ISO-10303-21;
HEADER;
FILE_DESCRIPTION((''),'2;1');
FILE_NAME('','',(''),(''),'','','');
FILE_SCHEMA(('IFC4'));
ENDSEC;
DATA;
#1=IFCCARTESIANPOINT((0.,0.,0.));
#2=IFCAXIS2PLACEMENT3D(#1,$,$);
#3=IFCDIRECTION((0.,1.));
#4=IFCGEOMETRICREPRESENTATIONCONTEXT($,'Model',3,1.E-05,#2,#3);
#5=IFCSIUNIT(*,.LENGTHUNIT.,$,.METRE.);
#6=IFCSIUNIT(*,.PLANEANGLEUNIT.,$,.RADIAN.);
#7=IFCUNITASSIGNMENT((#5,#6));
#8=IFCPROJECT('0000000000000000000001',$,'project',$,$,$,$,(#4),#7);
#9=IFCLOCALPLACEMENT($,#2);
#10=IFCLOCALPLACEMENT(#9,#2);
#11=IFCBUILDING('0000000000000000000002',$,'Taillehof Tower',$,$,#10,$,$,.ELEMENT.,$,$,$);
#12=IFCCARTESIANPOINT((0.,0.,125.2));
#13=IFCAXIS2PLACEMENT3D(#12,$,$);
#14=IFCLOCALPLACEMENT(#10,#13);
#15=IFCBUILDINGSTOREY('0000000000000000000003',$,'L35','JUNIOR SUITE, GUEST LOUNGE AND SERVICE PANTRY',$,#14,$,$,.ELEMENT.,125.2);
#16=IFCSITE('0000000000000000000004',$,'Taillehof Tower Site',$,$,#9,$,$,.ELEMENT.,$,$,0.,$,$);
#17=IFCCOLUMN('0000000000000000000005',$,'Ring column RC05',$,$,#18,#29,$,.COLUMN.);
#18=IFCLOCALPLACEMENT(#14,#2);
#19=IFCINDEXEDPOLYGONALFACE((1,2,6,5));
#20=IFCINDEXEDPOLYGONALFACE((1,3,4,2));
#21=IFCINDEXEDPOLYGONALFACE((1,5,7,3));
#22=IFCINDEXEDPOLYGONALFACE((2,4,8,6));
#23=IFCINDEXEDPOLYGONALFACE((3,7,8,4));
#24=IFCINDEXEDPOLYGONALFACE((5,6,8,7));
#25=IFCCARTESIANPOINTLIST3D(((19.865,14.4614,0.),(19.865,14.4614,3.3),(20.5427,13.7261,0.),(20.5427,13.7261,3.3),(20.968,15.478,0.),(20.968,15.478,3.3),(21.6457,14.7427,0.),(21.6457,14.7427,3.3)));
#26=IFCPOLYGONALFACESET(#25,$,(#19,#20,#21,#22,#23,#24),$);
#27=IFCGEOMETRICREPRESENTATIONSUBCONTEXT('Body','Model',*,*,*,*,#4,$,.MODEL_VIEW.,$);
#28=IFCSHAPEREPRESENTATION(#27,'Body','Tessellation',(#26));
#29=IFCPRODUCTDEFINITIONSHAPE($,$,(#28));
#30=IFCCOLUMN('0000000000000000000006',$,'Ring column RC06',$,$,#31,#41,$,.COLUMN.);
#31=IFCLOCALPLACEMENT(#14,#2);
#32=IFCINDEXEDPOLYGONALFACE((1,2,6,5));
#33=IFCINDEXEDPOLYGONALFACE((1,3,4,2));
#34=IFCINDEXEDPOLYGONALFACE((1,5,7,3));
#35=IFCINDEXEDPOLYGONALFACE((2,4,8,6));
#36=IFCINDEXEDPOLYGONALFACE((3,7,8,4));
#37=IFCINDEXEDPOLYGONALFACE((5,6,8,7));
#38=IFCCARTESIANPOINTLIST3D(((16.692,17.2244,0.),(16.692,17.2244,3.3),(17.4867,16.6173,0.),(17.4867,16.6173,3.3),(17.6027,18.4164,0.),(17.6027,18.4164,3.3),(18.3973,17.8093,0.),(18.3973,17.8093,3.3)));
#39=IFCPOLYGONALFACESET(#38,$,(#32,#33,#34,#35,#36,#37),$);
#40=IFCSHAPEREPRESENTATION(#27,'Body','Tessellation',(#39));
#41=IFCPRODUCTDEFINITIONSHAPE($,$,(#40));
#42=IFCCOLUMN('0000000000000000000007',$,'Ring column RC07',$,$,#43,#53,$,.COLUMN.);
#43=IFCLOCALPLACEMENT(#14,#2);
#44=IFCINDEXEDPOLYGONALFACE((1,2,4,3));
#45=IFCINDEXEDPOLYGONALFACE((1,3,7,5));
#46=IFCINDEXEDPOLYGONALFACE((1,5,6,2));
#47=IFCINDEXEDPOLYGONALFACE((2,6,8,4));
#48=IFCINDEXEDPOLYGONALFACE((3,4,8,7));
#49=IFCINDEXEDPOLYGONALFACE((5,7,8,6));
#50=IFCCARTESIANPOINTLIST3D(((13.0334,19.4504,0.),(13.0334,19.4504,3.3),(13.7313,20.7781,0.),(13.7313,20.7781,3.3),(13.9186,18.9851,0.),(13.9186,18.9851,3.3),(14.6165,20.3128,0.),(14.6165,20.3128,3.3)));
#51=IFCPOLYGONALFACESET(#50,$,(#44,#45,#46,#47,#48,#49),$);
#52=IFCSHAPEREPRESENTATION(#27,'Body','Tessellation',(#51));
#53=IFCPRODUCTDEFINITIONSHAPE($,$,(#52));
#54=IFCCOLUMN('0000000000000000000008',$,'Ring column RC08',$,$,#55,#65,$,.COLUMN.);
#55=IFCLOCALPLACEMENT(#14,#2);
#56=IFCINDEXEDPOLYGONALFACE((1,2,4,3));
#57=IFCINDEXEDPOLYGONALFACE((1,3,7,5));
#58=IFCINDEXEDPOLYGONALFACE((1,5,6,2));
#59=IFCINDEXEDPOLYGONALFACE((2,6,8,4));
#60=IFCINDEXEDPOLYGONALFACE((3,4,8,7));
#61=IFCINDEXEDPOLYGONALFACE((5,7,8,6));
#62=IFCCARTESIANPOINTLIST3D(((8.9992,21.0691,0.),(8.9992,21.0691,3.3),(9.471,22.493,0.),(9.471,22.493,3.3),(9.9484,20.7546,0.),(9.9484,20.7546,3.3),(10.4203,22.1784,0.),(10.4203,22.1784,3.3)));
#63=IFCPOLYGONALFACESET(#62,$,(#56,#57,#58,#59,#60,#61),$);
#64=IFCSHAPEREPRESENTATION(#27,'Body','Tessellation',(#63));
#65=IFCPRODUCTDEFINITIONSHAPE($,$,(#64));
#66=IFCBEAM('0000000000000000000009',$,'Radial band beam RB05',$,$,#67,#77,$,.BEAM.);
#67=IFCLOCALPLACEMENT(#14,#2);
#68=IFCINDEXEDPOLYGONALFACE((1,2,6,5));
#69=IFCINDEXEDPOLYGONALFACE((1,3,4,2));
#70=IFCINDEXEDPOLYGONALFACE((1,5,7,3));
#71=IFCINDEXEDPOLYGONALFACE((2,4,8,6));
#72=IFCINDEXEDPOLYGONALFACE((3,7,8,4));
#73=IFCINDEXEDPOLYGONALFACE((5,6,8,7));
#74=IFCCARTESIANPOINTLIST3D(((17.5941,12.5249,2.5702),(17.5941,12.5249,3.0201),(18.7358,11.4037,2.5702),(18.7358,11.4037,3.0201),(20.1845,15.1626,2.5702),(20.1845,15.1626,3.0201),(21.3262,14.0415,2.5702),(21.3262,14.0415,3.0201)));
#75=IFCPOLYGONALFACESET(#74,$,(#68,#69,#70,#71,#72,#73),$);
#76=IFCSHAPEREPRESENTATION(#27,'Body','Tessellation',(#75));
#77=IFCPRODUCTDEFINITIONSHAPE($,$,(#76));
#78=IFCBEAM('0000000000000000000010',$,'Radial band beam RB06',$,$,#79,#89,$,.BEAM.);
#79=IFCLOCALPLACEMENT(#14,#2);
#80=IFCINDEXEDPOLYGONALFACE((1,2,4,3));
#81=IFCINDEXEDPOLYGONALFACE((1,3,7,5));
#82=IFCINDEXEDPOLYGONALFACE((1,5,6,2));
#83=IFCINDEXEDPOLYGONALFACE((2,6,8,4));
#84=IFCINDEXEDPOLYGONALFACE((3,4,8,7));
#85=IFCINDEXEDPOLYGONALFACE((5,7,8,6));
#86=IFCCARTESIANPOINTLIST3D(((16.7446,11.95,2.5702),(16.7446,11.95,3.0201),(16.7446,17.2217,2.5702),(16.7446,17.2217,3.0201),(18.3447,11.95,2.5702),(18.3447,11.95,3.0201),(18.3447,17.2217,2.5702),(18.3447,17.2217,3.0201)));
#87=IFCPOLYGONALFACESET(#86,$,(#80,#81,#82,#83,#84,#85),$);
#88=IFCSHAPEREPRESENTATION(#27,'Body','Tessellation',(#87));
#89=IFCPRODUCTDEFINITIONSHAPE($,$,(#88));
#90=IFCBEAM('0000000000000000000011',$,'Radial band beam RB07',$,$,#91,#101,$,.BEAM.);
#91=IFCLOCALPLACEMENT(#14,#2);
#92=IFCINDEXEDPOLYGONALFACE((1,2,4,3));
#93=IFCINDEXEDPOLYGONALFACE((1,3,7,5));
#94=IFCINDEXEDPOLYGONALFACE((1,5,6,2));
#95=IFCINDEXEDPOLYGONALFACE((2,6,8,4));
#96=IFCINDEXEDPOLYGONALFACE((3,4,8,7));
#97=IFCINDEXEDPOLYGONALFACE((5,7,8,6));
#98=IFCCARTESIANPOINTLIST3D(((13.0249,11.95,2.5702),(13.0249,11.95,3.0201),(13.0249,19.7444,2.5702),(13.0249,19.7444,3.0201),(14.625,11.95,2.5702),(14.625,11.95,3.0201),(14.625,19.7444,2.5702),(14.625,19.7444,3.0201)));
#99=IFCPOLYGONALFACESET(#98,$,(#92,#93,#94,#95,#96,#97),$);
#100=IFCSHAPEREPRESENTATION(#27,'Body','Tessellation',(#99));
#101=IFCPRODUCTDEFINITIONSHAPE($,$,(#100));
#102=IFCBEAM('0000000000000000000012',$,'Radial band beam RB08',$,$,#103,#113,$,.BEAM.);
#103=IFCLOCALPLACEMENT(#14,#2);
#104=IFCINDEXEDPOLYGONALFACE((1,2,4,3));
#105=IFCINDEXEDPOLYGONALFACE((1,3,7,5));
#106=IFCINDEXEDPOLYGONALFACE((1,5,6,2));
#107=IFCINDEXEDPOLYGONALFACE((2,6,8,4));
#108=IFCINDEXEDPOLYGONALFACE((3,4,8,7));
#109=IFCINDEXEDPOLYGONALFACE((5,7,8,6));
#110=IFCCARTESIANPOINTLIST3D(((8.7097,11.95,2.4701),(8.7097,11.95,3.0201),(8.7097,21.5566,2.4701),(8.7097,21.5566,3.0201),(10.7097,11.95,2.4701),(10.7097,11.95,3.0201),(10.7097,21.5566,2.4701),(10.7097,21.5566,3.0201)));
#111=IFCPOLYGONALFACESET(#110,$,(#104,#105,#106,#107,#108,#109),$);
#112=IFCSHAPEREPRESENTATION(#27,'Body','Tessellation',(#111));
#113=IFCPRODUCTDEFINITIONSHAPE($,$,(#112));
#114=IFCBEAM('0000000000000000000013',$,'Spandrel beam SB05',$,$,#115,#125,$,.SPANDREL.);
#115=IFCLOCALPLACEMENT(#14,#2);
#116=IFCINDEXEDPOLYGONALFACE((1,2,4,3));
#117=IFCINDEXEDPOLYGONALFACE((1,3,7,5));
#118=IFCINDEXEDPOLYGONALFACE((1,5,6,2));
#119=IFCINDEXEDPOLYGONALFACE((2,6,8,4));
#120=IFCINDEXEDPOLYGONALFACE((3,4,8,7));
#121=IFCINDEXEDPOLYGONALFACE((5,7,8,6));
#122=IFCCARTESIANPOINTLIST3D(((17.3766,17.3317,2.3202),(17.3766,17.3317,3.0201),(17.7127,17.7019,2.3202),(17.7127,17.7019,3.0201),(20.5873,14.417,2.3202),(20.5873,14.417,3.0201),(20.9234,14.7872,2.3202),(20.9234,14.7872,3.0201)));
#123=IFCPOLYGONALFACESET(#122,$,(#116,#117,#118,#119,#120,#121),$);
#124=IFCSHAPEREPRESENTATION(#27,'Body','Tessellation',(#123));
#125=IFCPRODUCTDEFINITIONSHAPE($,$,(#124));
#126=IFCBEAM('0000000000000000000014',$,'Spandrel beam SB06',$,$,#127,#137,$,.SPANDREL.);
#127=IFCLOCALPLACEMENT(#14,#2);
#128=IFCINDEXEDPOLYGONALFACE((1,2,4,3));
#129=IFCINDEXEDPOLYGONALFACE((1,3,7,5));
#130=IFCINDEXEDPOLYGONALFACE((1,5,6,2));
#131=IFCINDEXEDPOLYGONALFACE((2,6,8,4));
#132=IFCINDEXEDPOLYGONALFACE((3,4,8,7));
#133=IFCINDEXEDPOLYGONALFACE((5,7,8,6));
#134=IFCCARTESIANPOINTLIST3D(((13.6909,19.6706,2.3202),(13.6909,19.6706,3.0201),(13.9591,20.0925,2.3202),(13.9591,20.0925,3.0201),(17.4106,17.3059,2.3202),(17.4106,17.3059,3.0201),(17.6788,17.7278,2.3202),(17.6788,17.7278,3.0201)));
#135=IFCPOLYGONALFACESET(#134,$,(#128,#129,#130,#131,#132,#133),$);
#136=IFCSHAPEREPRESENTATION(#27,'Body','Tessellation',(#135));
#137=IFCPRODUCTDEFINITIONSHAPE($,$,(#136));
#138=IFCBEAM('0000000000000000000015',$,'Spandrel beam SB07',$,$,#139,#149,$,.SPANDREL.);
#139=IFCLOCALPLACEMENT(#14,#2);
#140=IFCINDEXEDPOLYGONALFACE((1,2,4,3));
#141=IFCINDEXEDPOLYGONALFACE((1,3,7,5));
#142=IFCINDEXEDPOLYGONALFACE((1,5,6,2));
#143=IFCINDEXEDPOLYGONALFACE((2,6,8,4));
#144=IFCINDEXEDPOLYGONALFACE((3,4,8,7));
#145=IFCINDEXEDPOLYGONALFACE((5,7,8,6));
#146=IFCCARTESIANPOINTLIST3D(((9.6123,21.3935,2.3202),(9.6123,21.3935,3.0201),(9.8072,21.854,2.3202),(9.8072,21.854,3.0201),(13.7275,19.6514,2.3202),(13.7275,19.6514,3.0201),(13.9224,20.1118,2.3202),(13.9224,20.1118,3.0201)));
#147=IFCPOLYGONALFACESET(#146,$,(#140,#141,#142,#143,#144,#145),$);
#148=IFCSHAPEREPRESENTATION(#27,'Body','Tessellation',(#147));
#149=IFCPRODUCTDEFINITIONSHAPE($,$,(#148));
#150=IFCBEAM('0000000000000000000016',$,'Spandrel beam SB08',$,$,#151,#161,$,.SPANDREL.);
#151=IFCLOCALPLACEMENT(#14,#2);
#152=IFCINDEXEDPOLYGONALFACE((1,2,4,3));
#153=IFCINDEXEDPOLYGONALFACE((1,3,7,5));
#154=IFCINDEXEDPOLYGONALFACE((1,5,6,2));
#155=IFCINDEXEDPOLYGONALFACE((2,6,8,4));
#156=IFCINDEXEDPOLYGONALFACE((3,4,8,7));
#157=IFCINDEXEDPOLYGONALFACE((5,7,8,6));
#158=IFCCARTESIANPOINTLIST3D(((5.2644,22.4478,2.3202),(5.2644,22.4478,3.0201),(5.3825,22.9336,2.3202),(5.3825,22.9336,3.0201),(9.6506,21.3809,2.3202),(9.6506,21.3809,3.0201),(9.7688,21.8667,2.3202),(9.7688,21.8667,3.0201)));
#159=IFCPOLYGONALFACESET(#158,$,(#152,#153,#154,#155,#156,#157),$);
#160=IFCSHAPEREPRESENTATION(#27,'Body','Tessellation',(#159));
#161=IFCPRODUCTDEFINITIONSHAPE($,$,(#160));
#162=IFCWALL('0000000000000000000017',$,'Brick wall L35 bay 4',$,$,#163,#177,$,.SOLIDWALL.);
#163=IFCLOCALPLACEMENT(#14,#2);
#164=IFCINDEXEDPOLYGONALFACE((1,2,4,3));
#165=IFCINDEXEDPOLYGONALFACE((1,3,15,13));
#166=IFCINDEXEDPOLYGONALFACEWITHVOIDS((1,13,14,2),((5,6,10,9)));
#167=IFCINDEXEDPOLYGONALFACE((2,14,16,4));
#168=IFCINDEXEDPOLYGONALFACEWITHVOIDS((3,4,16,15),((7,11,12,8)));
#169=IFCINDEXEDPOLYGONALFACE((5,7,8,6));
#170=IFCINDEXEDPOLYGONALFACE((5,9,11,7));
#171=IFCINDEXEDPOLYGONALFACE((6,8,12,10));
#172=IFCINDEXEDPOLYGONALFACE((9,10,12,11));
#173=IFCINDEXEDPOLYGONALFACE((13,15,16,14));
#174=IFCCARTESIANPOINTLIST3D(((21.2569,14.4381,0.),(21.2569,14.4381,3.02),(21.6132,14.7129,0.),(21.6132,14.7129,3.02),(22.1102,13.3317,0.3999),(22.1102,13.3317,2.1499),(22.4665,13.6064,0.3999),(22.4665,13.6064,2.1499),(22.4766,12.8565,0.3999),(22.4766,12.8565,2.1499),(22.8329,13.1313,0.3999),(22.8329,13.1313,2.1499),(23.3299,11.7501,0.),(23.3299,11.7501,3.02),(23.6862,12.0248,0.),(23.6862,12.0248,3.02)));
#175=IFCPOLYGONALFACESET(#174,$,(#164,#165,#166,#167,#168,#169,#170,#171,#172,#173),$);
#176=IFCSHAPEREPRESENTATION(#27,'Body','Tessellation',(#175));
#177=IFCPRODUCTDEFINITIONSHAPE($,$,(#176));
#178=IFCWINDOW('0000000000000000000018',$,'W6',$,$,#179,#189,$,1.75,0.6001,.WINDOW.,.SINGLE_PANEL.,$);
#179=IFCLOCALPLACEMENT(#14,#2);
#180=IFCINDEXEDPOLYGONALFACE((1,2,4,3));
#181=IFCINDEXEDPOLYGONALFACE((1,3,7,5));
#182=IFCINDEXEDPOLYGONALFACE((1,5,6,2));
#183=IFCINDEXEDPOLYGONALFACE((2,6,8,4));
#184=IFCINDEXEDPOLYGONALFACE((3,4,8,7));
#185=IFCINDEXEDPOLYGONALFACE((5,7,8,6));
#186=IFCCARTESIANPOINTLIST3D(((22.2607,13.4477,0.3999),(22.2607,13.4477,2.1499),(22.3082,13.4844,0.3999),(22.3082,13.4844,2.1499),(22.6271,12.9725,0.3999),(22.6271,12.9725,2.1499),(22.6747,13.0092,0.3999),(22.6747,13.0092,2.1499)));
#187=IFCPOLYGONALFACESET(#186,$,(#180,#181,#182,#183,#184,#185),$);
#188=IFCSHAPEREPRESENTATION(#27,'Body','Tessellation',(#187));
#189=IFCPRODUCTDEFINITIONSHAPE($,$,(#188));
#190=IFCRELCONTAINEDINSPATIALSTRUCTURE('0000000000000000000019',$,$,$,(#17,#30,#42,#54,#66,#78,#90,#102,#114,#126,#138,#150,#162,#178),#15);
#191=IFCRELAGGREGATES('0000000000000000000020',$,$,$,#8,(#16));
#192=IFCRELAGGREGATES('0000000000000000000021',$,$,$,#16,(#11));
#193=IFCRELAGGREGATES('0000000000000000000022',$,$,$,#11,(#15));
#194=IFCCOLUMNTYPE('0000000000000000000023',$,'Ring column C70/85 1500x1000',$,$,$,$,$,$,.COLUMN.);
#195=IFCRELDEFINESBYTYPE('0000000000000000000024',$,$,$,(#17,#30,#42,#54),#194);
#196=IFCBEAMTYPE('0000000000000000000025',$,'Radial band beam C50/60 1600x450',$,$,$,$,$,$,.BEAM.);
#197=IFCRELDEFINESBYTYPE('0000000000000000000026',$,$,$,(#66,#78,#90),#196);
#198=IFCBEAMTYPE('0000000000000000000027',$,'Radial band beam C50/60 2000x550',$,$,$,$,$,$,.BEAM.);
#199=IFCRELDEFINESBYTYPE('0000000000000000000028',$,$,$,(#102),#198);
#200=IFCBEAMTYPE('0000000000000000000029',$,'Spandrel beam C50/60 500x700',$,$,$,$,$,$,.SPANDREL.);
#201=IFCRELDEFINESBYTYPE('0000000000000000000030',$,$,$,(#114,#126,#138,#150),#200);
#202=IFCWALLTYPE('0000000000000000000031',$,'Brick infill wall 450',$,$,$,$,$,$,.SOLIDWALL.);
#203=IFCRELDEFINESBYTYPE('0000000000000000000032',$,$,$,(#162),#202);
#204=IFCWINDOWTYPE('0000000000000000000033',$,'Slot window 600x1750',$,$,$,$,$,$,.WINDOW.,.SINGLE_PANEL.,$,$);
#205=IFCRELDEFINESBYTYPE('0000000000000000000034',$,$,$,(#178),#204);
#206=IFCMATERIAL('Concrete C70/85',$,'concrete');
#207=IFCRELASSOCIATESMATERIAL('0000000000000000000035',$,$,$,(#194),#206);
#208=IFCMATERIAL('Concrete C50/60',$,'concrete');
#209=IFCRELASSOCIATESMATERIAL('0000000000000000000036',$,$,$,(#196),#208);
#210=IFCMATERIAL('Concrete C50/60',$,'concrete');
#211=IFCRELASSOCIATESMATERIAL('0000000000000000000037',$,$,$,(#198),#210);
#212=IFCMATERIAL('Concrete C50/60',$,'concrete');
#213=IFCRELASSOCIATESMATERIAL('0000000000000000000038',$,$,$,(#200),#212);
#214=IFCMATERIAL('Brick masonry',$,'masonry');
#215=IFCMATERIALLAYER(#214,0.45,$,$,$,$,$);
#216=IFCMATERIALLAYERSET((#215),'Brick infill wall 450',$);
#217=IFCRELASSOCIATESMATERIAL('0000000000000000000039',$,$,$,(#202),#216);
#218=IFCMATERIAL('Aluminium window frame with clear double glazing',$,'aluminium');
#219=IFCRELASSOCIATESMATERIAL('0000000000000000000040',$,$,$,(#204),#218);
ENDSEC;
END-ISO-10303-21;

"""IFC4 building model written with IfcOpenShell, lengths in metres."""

from ifc_helpers import new_model, si_unit, direction, frame, frame_2d, origin, origin_2d, place, context, subcontext, project, spatial, rectangle, extrude, material, layer, layer_set, material_profile, profile_set, type_object, element, fill, save


model = new_model("IFC4")

# Units and contexts
model_context = context("Model", 3, precision=1e-05, world=origin(), true_north=direction((0.0, 1.0)))
body_context = subcontext(model_context, "Body", "Model", "MODEL_VIEW")
ifc_project = project(units=[si_unit("LENGTHUNIT", "METRE"), si_unit("PLANEANGLEUNIT", "RADIAN")], contexts=[model_context])

# Site, building, storey
site_placement = place(None, origin())
site = spatial("IfcSite", under=ifc_project, at=site_placement, Name="Taillehof Tower Site", CompositionType="ELEMENT", RefElevation=0.0)
building_placement = place(site_placement, origin())
building = spatial("IfcBuilding", under=site, at=building_placement, Name="Taillehof Tower", CompositionType="ELEMENT")
storey_placement = place(building_placement, frame((0.0, 0.0, 125.2)))
storey = spatial("IfcBuildingStorey", under=building, at=storey_placement, Name="L35", Description="JUNIOR SUITE, GUEST LOUNGE AND SERVICE PANTRY", CompositionType="ELEMENT", Elevation=125.2)

# Columns
ifc_material_1 = material(Name="Concrete C70/85", Category="concrete")
ifc_material_profile_1 = material_profile(ifc_material_1, rectangle(XDim=1.5, YDim=1.0, at=origin_2d()), Name="RC 1500x1000")
ifc_profile_set_1 = profile_set([ifc_material_profile_1], Name="Concrete C70/85")
column_type = type_object("IfcColumnType", Name="Ring column C70/85 1500x1000", PredefinedType="COLUMN", material=ifc_profile_set_1)
for number, where, z_axis, x_axis, name in (
    (1, (20.7554, 14.6021, 0.0), (0.0, 0.0, 1.0), (0.735332, 0.677707, 0.0), "Ring column RC05"),
    (2, (17.5447, 17.5168, 0.0), (0.0, 0.0, 1.0), (0.607074, 0.794645, 0.0), "Ring column RC06"),
    (3, (13.825, 19.8816, 0.0), (0.0, 0.0, 1.0), (0.465283, 0.885162, 0.0), "Ring column RC07"),
    (4, (9.7097, 21.6238, 0.0), (0.0, 0.0, 1.0), (0.314555, 0.949239, 0.0), "Ring column RC08"),
):
    element("IfcColumn", number, at=place(storey_placement, frame(where, z_axis=z_axis, x_axis=x_axis)), inside=storey, type_object=column_type, Name=name, PredefinedType="COLUMN", context=body_context, shape_type="SweptSolid", body=[
        extrude(rectangle(XDim=1.5, YDim=1.0, at=origin_2d()), origin(), (0.0, 0.0, 1.0), 3.3),
    ])

# Beams
ifc_material_2 = material(Name="Concrete C50/60", Category="concrete")
ifc_material_profile_2 = material_profile(ifc_material_2, rectangle(XDim=1.6001, YDim=0.45, at=origin_2d()), Name="RC 1600x450")
ifc_profile_set_2 = profile_set([ifc_material_profile_2], Name="Concrete C50/60")
beam_type_1 = type_object("IfcBeamType", Name="Radial band beam C50/60 1600x450", PredefinedType="BEAM", material=ifc_profile_set_2)
beam_1_placement = place(storey_placement, frame((20.7554, 14.6021, 2.7952), z_axis=(-0.700672, -0.713484, 0.0), x_axis=(0.713484, -0.700672, 0.0)))
element("IfcBeam", 5, at=beam_1_placement, inside=storey, type_object=beam_type_1, Name="Radial band beam RB05", PredefinedType="BEAM", context=body_context, shape_type="SweptSolid", body=[
    extrude(rectangle(XDim=1.6001, YDim=0.45, at=origin_2d()), origin(), (0.0, 0.0, 1.0), 3.697),
])
beam_2_placement = place(storey_placement, frame((17.5447, 17.2217, 2.7952), z_axis=(0.0, -1.0, 0.0), x_axis=(1.0, 0.0, 0.0)))
element("IfcBeam", 6, at=beam_2_placement, inside=storey, type_object=beam_type_1, Name="Radial band beam RB06", PredefinedType="BEAM", context=body_context, shape_type="SweptSolid", body=[
    extrude(rectangle(XDim=1.6001, YDim=0.45, at=origin_2d()), origin(), (0.0, 0.0, 1.0), 5.2717),
])
beam_3_placement = place(storey_placement, frame((13.825, 19.7444, 2.7952), z_axis=(0.0, -1.0, 0.0), x_axis=(1.0, 0.0, 0.0)))
element("IfcBeam", 7, at=beam_3_placement, inside=storey, type_object=beam_type_1, Name="Radial band beam RB07", PredefinedType="BEAM", context=body_context, shape_type="SweptSolid", body=[
    extrude(rectangle(XDim=1.6001, YDim=0.45, at=origin_2d()), origin(), (0.0, 0.0, 1.0), 7.7944),
])
ifc_material_3 = material(Name="Concrete C50/60", Category="concrete")
ifc_material_profile_3 = material_profile(ifc_material_3, rectangle(XDim=2.0, YDim=0.55, at=origin_2d()), Name="RC 2000x550")
ifc_profile_set_3 = profile_set([ifc_material_profile_3], Name="Concrete C50/60")
beam_type_2 = type_object("IfcBeamType", Name="Radial band beam C50/60 2000x550", PredefinedType="BEAM", material=ifc_profile_set_3)
beam_4_placement = place(storey_placement, frame((9.7097, 21.5566, 2.7451), z_axis=(0.0, -1.0, 0.0), x_axis=(1.0, 0.0, 0.0)))
element("IfcBeam", 8, at=beam_4_placement, inside=storey, type_object=beam_type_2, Name="Radial band beam RB08", PredefinedType="BEAM", context=body_context, shape_type="SweptSolid", body=[
    extrude(rectangle(XDim=2.0, YDim=0.55, at=origin_2d()), origin(), (0.0, 0.0, 1.0), 9.6067),
])
ifc_material_4 = material(Name="Concrete C50/60", Category="concrete")
ifc_material_profile_4 = material_profile(ifc_material_4, rectangle(XDim=0.5, YDim=0.7, at=origin_2d()), Name="RC 500x700")
ifc_profile_set_4 = profile_set([ifc_material_profile_4], Name="Concrete C50/60")
beam_type_3 = type_object("IfcBeamType", Name="Spandrel beam C50/60 500x700", PredefinedType="SPANDREL", material=ifc_profile_set_4)
beam_5_placement = place(storey_placement, frame((20.7554, 14.6021, 2.6702), z_axis=(-0.740401, 0.672165, 0.0), x_axis=(-0.672165, -0.740401, 0.0)))
element("IfcBeam", 9, at=beam_5_placement, inside=storey, type_object=beam_type_3, Name="Spandrel beam SB05", PredefinedType="SPANDREL", context=body_context, shape_type="SweptSolid", body=[
    extrude(rectangle(XDim=0.5, YDim=0.7, at=origin_2d()), origin(), (0.0, 0.0, 1.0), 4.3364),
])
beam_6_placement = place(storey_placement, frame((17.5447, 17.5168, 2.6702), z_axis=(-0.843903, 0.536496, 0.0), x_axis=(-0.536496, -0.843903, 0.0)))
element("IfcBeam", 10, at=beam_6_placement, inside=storey, type_object=beam_type_3, Name="Spandrel beam SB06", PredefinedType="SPANDREL", context=body_context, shape_type="SweptSolid", body=[
    extrude(rectangle(XDim=0.5, YDim=0.7, at=origin_2d()), origin(), (0.0, 0.0, 1.0), 4.4077),
])
beam_7_placement = place(storey_placement, frame((13.825, 19.8816, 2.6702), z_axis=(-0.920877, 0.389854, 0.0), x_axis=(-0.389854, -0.920877, 0.0)))
element("IfcBeam", 11, at=beam_7_placement, inside=storey, type_object=beam_type_3, Name="Spandrel beam SB07", PredefinedType="SPANDREL", context=body_context, shape_type="SweptSolid", body=[
    extrude(rectangle(XDim=0.5, YDim=0.7, at=origin_2d()), origin(), (0.0, 0.0, 1.0), 4.4688),
])
beam_8_placement = place(storey_placement, frame((9.7097, 21.6238, 2.6702), z_axis=(-0.971669, 0.236346, 0.0), x_axis=(-0.236346, -0.971669, 0.0)))
element("IfcBeam", 12, at=beam_8_placement, inside=storey, type_object=beam_type_3, Name="Spandrel beam SB08", PredefinedType="SPANDREL", context=body_context, shape_type="SweptSolid", body=[
    extrude(rectangle(XDim=0.5, YDim=0.7, at=origin_2d()), origin(), (0.0, 0.0, 1.0), 4.5142),
])

# Wall, opening, window
ifc_material_5 = material(Name="Brick masonry", Category="masonry")
ifc_layer_1 = layer(ifc_material_5, 0.45)
ifc_layer_set_1 = layer_set([ifc_layer_1], Name="Brick infill wall 450")
wall_type_1 = type_object("IfcWallType", Name="Brick infill wall 450", PredefinedType="SOLIDWALL", material=ifc_layer_set_1)
wall_1_placement = place(storey_placement, frame((23.5081, 11.8875, 0.0), z_axis=(0.0, 0.0, 1.0), x_axis=(-0.610694, 0.791867, 0.0)))
wall_1 = element("IfcWall", 13, at=wall_1_placement, inside=storey, type_object=wall_type_1, Name="Brick wall L35 bay 4", PredefinedType="SOLIDWALL", context=body_context, shape_type="SweptSolid", body=[
    extrude(rectangle(XDim=3.3945, YDim=0.45, at=frame_2d((1.6973, 0.0))), origin(), (0.0, 0.0, 1.0), 3.02),
])
opening_1_placement = place(wall_1_placement, frame((1.3972, 0.0, 0.3999)))
opening_1 = element("IfcOpeningElement", 14, at=opening_1_placement, cuts=wall_1, PredefinedType="OPENING", context=body_context, shape_type="SweptSolid", body=[
    extrude(rectangle(XDim=0.6001, YDim=1.75, at=frame_2d((0.3, 0.875))), frame((0.0, 0.2349, 0.0), z_axis=(0.0, -1.0, 0.0), x_axis=(1.0, 0.0, 0.0)), (0.0, 0.0, 1.0), 0.47),
])
ifc_material_6 = material(Name="Aluminium window frame with clear double glazing", Category="aluminium")
window_type_1 = type_object("IfcWindowType", Name="Slot window 600x1750", PartitioningType="SINGLE_PANEL", PredefinedType="WINDOW", material=ifc_material_6)
window_1_placement = place(opening_1_placement, origin())
window_1 = element("IfcWindow", 15, at=window_1_placement, inside=storey, type_object=window_type_1, Name="W6", OverallHeight=1.75, OverallWidth=0.6001, PartitioningType="SINGLE_PANEL", PredefinedType="WINDOW", context=body_context, shape_type="SweptSolid", body=[
    extrude(rectangle(XDim=0.6001, YDim=1.75, at=frame_2d((0.3, 0.875))), frame((0.0, 0.0349, 0.0), z_axis=(0.0, -1.0, 0.0), x_axis=(1.0, 0.0, 0.0)), (0.0, 0.0, 1.0), 0.0601),
])
fill(opening_1, window_1)

save(model, "model.ifc")
